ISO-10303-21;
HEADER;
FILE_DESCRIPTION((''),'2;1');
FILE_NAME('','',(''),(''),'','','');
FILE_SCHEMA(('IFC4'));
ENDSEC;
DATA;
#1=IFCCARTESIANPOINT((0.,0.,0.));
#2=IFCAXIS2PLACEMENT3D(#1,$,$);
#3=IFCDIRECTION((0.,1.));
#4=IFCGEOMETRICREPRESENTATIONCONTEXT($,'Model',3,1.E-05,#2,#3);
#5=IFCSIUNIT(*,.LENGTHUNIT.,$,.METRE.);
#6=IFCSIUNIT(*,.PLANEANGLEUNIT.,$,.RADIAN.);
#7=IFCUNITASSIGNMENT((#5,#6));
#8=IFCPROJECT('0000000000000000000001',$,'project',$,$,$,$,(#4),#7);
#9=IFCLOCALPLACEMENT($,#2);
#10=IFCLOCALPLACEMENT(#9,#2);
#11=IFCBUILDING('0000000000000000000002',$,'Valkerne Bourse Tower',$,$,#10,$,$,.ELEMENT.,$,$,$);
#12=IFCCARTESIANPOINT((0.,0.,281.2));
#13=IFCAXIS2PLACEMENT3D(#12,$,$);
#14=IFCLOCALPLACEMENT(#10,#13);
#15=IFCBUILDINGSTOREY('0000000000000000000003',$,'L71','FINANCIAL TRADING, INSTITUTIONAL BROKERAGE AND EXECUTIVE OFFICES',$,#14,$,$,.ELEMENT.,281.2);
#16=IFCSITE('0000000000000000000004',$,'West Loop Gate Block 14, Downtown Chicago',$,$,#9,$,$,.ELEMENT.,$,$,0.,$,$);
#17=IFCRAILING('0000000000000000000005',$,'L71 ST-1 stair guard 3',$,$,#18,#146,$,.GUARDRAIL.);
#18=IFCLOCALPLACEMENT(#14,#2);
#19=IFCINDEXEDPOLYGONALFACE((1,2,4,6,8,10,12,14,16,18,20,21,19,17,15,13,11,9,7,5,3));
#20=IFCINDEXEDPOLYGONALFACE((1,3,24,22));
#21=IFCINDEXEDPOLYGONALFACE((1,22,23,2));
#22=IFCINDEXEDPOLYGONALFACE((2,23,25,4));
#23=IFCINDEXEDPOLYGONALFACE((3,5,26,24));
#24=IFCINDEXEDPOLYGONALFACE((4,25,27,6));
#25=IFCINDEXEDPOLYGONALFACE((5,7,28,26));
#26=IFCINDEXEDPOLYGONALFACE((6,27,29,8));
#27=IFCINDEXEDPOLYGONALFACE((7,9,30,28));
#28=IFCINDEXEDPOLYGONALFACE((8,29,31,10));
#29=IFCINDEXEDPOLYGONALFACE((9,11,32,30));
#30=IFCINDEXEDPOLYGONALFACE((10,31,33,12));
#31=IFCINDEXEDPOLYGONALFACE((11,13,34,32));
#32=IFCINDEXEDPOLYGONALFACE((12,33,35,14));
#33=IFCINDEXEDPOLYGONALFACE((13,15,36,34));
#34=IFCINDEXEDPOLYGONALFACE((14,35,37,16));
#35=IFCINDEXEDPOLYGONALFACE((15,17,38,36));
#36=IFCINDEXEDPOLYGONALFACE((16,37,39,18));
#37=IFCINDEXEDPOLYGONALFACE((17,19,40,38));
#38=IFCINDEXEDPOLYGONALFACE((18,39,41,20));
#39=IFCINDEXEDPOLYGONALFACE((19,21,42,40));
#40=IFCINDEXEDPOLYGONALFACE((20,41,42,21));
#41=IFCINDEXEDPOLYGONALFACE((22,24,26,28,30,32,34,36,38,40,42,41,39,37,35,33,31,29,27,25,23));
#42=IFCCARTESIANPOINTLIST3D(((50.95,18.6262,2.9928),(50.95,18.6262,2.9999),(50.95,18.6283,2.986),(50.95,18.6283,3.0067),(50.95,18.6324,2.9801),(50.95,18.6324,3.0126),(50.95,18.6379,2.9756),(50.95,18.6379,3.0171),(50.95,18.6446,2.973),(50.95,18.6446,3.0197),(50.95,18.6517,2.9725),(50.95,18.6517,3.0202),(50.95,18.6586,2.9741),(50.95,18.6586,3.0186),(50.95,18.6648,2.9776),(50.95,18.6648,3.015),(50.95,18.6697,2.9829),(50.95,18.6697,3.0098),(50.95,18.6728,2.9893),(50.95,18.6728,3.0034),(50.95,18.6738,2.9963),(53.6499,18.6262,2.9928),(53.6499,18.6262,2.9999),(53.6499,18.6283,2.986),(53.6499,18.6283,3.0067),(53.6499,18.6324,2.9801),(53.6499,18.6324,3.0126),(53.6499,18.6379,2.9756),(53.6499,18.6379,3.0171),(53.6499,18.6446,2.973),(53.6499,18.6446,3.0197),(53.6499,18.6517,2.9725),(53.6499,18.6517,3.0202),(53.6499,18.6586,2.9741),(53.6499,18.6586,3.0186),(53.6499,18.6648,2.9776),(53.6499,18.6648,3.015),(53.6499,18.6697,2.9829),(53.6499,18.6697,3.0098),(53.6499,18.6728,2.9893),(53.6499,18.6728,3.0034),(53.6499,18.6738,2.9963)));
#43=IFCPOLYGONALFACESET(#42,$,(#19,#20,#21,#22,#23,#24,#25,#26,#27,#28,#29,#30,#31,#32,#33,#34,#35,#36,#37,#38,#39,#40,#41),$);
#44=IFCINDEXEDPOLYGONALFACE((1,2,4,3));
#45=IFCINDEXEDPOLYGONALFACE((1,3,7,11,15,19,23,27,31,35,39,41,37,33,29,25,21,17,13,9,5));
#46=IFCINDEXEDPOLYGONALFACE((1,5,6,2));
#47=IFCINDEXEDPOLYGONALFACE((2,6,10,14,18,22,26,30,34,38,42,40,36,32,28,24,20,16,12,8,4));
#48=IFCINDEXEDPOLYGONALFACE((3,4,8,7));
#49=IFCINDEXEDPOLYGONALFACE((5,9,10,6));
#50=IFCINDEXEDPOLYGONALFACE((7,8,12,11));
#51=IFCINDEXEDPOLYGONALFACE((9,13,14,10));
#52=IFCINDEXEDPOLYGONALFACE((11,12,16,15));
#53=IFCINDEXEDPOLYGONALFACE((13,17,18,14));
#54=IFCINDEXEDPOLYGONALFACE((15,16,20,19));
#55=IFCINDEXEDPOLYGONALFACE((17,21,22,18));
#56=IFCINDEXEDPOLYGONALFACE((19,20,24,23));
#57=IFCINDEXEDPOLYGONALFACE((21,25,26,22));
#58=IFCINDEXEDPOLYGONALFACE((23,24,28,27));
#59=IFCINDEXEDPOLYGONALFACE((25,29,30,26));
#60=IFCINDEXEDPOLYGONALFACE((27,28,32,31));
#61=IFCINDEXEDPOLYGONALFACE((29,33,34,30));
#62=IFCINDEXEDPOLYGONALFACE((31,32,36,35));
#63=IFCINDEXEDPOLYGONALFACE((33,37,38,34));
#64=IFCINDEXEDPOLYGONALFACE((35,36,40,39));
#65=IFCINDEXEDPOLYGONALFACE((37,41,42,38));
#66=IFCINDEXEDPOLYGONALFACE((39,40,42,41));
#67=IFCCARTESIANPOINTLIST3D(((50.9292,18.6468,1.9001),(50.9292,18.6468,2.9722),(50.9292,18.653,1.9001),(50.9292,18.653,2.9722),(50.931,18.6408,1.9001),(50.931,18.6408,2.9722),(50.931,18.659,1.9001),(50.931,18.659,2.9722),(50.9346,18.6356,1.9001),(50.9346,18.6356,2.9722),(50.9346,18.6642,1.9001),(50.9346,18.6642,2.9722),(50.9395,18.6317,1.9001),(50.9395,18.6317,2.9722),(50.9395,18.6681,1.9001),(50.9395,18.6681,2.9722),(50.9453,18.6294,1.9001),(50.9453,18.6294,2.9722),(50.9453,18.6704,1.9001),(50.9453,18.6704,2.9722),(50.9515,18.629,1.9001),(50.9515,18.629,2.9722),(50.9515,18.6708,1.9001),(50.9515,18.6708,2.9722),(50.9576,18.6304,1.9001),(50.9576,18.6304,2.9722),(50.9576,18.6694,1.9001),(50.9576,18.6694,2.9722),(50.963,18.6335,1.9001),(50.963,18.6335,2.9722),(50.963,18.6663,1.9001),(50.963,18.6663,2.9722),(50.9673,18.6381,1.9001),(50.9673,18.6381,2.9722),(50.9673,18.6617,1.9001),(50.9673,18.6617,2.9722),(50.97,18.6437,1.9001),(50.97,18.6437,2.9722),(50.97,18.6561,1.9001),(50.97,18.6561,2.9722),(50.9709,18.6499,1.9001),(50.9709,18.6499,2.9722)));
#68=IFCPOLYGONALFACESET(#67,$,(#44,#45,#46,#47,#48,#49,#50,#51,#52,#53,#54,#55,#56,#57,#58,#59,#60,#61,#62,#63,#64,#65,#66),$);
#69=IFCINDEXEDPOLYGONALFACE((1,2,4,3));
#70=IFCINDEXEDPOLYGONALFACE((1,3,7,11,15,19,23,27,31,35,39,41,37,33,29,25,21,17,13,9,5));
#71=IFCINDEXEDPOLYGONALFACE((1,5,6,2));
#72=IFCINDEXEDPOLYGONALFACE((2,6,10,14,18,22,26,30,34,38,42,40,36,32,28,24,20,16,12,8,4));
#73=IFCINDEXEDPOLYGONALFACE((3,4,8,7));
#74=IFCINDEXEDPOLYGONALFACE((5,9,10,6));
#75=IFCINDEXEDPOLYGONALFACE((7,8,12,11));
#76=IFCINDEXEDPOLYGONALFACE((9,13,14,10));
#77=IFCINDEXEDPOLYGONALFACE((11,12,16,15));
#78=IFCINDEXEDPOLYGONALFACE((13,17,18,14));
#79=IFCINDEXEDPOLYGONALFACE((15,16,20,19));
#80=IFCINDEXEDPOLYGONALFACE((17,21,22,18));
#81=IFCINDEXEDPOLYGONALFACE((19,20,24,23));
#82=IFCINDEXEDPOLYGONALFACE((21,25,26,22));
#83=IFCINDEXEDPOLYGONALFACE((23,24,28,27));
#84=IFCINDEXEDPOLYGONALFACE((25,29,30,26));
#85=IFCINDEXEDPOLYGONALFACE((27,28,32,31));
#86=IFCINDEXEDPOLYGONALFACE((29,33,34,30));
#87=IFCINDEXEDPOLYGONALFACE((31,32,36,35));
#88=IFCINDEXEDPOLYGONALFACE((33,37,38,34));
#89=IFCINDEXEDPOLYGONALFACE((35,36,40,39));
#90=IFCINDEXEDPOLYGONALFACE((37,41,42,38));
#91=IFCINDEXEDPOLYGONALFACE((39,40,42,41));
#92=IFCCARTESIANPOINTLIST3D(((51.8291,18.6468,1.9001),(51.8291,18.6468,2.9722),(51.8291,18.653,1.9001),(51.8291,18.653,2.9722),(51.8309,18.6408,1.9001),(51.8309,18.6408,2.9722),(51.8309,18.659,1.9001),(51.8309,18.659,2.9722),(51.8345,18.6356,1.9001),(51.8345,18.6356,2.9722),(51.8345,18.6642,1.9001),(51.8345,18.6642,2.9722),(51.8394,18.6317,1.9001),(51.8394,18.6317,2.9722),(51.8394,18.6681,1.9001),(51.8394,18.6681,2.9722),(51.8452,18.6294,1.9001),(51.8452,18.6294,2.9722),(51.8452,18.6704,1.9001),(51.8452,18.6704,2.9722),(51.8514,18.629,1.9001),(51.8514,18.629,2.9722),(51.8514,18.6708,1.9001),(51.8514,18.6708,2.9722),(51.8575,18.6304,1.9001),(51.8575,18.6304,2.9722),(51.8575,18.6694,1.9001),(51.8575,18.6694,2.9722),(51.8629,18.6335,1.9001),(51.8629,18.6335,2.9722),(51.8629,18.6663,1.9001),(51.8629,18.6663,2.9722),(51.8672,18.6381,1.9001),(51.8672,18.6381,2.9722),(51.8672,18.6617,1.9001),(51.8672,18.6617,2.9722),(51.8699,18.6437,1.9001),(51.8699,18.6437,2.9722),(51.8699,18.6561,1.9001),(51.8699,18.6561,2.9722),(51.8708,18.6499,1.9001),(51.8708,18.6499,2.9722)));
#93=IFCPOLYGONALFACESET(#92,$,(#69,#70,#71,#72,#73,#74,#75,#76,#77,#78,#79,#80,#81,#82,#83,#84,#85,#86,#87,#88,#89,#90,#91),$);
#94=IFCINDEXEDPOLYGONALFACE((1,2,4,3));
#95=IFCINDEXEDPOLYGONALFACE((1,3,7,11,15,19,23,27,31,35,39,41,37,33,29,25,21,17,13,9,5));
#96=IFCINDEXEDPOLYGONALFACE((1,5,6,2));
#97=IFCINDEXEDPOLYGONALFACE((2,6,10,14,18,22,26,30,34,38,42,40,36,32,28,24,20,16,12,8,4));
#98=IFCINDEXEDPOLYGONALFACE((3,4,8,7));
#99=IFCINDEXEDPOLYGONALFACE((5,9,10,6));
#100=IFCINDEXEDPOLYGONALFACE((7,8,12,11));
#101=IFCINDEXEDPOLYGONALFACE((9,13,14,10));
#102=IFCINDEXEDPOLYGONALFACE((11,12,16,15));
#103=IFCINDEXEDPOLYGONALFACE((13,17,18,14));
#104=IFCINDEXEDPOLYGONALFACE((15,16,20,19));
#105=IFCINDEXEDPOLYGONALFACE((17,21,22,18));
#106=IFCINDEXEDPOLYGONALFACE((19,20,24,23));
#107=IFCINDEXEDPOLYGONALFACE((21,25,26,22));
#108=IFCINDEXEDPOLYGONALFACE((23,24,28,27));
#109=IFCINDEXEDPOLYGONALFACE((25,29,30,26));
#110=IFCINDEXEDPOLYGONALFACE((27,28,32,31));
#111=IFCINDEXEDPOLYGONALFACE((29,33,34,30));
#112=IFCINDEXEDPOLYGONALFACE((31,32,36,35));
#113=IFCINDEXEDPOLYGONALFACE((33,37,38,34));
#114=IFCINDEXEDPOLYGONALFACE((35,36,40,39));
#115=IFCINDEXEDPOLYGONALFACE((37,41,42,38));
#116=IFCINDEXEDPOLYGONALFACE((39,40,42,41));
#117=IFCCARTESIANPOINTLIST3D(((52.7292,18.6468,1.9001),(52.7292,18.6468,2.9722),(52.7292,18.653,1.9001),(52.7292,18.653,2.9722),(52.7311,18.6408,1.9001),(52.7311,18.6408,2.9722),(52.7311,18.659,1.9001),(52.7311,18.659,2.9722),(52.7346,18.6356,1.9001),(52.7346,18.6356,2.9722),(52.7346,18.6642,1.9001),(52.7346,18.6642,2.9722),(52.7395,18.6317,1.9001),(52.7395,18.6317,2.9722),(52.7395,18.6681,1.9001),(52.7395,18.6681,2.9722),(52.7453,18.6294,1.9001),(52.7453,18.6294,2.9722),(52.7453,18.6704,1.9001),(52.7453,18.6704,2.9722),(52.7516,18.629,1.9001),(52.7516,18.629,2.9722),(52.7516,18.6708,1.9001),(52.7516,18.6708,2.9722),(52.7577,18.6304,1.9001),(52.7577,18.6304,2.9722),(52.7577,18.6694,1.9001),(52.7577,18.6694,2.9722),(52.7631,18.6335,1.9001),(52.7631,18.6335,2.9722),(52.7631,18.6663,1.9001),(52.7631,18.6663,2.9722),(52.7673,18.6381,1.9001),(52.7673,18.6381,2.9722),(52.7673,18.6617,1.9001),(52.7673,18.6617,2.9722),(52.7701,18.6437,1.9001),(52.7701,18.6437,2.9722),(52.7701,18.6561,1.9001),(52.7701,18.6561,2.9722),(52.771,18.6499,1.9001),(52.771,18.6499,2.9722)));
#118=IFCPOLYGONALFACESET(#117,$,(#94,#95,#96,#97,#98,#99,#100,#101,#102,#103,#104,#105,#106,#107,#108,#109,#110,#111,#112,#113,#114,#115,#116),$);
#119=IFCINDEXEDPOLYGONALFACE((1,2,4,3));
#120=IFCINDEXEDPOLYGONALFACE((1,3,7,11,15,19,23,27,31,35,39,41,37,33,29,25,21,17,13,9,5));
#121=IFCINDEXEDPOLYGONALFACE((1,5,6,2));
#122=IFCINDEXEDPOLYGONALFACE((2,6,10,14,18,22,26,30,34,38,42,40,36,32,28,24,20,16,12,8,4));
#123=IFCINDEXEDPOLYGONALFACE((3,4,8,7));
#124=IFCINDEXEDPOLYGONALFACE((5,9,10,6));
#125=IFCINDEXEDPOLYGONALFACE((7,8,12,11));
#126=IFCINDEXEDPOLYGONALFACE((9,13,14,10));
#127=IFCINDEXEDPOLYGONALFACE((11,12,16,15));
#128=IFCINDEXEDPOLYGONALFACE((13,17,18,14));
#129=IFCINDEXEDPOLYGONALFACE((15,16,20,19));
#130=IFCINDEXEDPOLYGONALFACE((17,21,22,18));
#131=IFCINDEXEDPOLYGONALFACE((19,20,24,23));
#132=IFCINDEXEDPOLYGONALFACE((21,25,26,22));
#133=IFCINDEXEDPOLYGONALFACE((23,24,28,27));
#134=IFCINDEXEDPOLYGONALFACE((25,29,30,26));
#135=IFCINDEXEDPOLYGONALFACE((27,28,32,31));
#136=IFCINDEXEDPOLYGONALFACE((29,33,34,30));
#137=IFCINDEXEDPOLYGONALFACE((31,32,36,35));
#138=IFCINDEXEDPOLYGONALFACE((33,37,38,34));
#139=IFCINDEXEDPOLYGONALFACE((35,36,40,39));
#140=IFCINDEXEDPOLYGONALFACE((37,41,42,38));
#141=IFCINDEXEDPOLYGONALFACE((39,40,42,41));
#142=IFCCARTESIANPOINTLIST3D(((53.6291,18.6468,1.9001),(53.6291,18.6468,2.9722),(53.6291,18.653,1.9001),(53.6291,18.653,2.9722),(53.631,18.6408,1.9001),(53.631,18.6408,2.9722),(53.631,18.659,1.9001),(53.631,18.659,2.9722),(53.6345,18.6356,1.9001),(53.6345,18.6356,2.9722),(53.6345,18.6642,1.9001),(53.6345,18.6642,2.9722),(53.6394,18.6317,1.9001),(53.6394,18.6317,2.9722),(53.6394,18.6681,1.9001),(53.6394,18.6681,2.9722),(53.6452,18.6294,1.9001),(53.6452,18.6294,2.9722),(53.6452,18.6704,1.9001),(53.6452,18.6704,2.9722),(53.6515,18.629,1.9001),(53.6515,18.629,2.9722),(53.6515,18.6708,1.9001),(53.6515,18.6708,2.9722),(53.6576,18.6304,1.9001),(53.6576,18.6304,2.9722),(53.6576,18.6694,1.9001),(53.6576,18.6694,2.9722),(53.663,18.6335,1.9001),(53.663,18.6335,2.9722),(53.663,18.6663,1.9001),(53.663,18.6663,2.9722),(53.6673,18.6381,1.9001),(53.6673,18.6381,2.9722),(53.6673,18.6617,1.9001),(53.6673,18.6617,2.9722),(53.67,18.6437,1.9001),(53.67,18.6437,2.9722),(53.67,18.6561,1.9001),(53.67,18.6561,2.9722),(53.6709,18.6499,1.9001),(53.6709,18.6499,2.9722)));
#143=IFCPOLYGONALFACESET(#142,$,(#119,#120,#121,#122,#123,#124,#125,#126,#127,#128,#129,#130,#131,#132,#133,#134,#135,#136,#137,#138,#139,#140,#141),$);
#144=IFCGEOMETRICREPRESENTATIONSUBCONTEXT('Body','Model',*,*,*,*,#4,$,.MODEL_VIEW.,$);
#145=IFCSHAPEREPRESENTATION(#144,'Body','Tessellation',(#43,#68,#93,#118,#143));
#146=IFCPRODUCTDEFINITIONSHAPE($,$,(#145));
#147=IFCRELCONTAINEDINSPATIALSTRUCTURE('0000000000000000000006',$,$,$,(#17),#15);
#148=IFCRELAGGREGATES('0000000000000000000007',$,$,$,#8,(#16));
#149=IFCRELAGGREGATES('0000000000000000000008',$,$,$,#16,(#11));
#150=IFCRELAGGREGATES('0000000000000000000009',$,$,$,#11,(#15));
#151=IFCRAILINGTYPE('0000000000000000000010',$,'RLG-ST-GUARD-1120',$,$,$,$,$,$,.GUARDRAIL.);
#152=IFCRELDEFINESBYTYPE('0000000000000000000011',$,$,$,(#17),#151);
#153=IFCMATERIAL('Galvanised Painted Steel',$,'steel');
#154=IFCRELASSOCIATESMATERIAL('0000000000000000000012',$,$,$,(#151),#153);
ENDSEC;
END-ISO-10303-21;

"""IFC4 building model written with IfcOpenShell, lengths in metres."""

from ifc_helpers import new_model, si_unit, direction, frame, origin, origin_2d, place, context, subcontext, project, spatial, circle, extrude, material, type_object, element, save


model = new_model("IFC4")

# Units and contexts
model_context = context("Model", 3, precision=1e-05, world=origin(), true_north=direction((0.0, 1.0)))
body_context = subcontext(model_context, "Body", "Model", "MODEL_VIEW")
ifc_project = project(units=[si_unit("LENGTHUNIT", "METRE"), si_unit("PLANEANGLEUNIT", "RADIAN")], contexts=[model_context])

# Site, building, storey
site_placement = place(None, origin())
site = spatial("IfcSite", under=ifc_project, at=site_placement, Name="West Loop Gate Block 14, Downtown Chicago", CompositionType="ELEMENT", RefElevation=0.0)
building_placement = place(site_placement, origin())
building = spatial("IfcBuilding", under=site, at=building_placement, Name="Valkerne Bourse Tower", CompositionType="ELEMENT")
storey_placement = place(building_placement, frame((0.0, 0.0, 281.2)))
storey = spatial("IfcBuildingStorey", under=building, at=storey_placement, Name="L71", Description="FINANCIAL TRADING, INSTITUTIONAL BROKERAGE AND EXECUTIVE OFFICES", CompositionType="ELEMENT", Elevation=281.2)

# Shared definitions
ifc_material_1 = material(Name="Galvanised Painted Steel", Category="steel")

# Railing
railing_type_1 = type_object("IfcRailingType", Name="RLG-ST-GUARD-1120", PredefinedType="GUARDRAIL", material=ifc_material_1)
for number, where, name in (
    (1, (50.95, 18.6499, 1.9001), "L71 ST-1 stair guard 3"),
):
    element("IfcRailing", number, at=place(storey_placement, frame(where)), inside=storey, type_object=railing_type_1, Name=name, PredefinedType="GUARDRAIL", context=body_context, shape_type="SweptSolid", body=[
        extrude(circle(Radius=0.0239, at=origin_2d()), frame((0.0, 0.0, 1.0962), z_axis=(1.0, 0.0, 0.0), x_axis=(0.0, 1.0, 0.0)), (0.0, 0.0, 1.0), 2.7),
        extrude(circle(Radius=0.021, at=origin_2d()), origin(), (0.0, 0.0, 1.0), 1.072),
        extrude(circle(Radius=0.021, at=origin_2d()), frame((0.8999, 0.0, 0.0)), (0.0, 0.0, 1.0), 1.072),
        extrude(circle(Radius=0.021, at=origin_2d()), frame((1.8, 0.0, 0.0)), (0.0, 0.0, 1.0), 1.072),
        extrude(circle(Radius=0.021, at=origin_2d()), frame((2.7, 0.0, 0.0)), (0.0, 0.0, 1.0), 1.072),
    ])

save(model, "model.ifc")
